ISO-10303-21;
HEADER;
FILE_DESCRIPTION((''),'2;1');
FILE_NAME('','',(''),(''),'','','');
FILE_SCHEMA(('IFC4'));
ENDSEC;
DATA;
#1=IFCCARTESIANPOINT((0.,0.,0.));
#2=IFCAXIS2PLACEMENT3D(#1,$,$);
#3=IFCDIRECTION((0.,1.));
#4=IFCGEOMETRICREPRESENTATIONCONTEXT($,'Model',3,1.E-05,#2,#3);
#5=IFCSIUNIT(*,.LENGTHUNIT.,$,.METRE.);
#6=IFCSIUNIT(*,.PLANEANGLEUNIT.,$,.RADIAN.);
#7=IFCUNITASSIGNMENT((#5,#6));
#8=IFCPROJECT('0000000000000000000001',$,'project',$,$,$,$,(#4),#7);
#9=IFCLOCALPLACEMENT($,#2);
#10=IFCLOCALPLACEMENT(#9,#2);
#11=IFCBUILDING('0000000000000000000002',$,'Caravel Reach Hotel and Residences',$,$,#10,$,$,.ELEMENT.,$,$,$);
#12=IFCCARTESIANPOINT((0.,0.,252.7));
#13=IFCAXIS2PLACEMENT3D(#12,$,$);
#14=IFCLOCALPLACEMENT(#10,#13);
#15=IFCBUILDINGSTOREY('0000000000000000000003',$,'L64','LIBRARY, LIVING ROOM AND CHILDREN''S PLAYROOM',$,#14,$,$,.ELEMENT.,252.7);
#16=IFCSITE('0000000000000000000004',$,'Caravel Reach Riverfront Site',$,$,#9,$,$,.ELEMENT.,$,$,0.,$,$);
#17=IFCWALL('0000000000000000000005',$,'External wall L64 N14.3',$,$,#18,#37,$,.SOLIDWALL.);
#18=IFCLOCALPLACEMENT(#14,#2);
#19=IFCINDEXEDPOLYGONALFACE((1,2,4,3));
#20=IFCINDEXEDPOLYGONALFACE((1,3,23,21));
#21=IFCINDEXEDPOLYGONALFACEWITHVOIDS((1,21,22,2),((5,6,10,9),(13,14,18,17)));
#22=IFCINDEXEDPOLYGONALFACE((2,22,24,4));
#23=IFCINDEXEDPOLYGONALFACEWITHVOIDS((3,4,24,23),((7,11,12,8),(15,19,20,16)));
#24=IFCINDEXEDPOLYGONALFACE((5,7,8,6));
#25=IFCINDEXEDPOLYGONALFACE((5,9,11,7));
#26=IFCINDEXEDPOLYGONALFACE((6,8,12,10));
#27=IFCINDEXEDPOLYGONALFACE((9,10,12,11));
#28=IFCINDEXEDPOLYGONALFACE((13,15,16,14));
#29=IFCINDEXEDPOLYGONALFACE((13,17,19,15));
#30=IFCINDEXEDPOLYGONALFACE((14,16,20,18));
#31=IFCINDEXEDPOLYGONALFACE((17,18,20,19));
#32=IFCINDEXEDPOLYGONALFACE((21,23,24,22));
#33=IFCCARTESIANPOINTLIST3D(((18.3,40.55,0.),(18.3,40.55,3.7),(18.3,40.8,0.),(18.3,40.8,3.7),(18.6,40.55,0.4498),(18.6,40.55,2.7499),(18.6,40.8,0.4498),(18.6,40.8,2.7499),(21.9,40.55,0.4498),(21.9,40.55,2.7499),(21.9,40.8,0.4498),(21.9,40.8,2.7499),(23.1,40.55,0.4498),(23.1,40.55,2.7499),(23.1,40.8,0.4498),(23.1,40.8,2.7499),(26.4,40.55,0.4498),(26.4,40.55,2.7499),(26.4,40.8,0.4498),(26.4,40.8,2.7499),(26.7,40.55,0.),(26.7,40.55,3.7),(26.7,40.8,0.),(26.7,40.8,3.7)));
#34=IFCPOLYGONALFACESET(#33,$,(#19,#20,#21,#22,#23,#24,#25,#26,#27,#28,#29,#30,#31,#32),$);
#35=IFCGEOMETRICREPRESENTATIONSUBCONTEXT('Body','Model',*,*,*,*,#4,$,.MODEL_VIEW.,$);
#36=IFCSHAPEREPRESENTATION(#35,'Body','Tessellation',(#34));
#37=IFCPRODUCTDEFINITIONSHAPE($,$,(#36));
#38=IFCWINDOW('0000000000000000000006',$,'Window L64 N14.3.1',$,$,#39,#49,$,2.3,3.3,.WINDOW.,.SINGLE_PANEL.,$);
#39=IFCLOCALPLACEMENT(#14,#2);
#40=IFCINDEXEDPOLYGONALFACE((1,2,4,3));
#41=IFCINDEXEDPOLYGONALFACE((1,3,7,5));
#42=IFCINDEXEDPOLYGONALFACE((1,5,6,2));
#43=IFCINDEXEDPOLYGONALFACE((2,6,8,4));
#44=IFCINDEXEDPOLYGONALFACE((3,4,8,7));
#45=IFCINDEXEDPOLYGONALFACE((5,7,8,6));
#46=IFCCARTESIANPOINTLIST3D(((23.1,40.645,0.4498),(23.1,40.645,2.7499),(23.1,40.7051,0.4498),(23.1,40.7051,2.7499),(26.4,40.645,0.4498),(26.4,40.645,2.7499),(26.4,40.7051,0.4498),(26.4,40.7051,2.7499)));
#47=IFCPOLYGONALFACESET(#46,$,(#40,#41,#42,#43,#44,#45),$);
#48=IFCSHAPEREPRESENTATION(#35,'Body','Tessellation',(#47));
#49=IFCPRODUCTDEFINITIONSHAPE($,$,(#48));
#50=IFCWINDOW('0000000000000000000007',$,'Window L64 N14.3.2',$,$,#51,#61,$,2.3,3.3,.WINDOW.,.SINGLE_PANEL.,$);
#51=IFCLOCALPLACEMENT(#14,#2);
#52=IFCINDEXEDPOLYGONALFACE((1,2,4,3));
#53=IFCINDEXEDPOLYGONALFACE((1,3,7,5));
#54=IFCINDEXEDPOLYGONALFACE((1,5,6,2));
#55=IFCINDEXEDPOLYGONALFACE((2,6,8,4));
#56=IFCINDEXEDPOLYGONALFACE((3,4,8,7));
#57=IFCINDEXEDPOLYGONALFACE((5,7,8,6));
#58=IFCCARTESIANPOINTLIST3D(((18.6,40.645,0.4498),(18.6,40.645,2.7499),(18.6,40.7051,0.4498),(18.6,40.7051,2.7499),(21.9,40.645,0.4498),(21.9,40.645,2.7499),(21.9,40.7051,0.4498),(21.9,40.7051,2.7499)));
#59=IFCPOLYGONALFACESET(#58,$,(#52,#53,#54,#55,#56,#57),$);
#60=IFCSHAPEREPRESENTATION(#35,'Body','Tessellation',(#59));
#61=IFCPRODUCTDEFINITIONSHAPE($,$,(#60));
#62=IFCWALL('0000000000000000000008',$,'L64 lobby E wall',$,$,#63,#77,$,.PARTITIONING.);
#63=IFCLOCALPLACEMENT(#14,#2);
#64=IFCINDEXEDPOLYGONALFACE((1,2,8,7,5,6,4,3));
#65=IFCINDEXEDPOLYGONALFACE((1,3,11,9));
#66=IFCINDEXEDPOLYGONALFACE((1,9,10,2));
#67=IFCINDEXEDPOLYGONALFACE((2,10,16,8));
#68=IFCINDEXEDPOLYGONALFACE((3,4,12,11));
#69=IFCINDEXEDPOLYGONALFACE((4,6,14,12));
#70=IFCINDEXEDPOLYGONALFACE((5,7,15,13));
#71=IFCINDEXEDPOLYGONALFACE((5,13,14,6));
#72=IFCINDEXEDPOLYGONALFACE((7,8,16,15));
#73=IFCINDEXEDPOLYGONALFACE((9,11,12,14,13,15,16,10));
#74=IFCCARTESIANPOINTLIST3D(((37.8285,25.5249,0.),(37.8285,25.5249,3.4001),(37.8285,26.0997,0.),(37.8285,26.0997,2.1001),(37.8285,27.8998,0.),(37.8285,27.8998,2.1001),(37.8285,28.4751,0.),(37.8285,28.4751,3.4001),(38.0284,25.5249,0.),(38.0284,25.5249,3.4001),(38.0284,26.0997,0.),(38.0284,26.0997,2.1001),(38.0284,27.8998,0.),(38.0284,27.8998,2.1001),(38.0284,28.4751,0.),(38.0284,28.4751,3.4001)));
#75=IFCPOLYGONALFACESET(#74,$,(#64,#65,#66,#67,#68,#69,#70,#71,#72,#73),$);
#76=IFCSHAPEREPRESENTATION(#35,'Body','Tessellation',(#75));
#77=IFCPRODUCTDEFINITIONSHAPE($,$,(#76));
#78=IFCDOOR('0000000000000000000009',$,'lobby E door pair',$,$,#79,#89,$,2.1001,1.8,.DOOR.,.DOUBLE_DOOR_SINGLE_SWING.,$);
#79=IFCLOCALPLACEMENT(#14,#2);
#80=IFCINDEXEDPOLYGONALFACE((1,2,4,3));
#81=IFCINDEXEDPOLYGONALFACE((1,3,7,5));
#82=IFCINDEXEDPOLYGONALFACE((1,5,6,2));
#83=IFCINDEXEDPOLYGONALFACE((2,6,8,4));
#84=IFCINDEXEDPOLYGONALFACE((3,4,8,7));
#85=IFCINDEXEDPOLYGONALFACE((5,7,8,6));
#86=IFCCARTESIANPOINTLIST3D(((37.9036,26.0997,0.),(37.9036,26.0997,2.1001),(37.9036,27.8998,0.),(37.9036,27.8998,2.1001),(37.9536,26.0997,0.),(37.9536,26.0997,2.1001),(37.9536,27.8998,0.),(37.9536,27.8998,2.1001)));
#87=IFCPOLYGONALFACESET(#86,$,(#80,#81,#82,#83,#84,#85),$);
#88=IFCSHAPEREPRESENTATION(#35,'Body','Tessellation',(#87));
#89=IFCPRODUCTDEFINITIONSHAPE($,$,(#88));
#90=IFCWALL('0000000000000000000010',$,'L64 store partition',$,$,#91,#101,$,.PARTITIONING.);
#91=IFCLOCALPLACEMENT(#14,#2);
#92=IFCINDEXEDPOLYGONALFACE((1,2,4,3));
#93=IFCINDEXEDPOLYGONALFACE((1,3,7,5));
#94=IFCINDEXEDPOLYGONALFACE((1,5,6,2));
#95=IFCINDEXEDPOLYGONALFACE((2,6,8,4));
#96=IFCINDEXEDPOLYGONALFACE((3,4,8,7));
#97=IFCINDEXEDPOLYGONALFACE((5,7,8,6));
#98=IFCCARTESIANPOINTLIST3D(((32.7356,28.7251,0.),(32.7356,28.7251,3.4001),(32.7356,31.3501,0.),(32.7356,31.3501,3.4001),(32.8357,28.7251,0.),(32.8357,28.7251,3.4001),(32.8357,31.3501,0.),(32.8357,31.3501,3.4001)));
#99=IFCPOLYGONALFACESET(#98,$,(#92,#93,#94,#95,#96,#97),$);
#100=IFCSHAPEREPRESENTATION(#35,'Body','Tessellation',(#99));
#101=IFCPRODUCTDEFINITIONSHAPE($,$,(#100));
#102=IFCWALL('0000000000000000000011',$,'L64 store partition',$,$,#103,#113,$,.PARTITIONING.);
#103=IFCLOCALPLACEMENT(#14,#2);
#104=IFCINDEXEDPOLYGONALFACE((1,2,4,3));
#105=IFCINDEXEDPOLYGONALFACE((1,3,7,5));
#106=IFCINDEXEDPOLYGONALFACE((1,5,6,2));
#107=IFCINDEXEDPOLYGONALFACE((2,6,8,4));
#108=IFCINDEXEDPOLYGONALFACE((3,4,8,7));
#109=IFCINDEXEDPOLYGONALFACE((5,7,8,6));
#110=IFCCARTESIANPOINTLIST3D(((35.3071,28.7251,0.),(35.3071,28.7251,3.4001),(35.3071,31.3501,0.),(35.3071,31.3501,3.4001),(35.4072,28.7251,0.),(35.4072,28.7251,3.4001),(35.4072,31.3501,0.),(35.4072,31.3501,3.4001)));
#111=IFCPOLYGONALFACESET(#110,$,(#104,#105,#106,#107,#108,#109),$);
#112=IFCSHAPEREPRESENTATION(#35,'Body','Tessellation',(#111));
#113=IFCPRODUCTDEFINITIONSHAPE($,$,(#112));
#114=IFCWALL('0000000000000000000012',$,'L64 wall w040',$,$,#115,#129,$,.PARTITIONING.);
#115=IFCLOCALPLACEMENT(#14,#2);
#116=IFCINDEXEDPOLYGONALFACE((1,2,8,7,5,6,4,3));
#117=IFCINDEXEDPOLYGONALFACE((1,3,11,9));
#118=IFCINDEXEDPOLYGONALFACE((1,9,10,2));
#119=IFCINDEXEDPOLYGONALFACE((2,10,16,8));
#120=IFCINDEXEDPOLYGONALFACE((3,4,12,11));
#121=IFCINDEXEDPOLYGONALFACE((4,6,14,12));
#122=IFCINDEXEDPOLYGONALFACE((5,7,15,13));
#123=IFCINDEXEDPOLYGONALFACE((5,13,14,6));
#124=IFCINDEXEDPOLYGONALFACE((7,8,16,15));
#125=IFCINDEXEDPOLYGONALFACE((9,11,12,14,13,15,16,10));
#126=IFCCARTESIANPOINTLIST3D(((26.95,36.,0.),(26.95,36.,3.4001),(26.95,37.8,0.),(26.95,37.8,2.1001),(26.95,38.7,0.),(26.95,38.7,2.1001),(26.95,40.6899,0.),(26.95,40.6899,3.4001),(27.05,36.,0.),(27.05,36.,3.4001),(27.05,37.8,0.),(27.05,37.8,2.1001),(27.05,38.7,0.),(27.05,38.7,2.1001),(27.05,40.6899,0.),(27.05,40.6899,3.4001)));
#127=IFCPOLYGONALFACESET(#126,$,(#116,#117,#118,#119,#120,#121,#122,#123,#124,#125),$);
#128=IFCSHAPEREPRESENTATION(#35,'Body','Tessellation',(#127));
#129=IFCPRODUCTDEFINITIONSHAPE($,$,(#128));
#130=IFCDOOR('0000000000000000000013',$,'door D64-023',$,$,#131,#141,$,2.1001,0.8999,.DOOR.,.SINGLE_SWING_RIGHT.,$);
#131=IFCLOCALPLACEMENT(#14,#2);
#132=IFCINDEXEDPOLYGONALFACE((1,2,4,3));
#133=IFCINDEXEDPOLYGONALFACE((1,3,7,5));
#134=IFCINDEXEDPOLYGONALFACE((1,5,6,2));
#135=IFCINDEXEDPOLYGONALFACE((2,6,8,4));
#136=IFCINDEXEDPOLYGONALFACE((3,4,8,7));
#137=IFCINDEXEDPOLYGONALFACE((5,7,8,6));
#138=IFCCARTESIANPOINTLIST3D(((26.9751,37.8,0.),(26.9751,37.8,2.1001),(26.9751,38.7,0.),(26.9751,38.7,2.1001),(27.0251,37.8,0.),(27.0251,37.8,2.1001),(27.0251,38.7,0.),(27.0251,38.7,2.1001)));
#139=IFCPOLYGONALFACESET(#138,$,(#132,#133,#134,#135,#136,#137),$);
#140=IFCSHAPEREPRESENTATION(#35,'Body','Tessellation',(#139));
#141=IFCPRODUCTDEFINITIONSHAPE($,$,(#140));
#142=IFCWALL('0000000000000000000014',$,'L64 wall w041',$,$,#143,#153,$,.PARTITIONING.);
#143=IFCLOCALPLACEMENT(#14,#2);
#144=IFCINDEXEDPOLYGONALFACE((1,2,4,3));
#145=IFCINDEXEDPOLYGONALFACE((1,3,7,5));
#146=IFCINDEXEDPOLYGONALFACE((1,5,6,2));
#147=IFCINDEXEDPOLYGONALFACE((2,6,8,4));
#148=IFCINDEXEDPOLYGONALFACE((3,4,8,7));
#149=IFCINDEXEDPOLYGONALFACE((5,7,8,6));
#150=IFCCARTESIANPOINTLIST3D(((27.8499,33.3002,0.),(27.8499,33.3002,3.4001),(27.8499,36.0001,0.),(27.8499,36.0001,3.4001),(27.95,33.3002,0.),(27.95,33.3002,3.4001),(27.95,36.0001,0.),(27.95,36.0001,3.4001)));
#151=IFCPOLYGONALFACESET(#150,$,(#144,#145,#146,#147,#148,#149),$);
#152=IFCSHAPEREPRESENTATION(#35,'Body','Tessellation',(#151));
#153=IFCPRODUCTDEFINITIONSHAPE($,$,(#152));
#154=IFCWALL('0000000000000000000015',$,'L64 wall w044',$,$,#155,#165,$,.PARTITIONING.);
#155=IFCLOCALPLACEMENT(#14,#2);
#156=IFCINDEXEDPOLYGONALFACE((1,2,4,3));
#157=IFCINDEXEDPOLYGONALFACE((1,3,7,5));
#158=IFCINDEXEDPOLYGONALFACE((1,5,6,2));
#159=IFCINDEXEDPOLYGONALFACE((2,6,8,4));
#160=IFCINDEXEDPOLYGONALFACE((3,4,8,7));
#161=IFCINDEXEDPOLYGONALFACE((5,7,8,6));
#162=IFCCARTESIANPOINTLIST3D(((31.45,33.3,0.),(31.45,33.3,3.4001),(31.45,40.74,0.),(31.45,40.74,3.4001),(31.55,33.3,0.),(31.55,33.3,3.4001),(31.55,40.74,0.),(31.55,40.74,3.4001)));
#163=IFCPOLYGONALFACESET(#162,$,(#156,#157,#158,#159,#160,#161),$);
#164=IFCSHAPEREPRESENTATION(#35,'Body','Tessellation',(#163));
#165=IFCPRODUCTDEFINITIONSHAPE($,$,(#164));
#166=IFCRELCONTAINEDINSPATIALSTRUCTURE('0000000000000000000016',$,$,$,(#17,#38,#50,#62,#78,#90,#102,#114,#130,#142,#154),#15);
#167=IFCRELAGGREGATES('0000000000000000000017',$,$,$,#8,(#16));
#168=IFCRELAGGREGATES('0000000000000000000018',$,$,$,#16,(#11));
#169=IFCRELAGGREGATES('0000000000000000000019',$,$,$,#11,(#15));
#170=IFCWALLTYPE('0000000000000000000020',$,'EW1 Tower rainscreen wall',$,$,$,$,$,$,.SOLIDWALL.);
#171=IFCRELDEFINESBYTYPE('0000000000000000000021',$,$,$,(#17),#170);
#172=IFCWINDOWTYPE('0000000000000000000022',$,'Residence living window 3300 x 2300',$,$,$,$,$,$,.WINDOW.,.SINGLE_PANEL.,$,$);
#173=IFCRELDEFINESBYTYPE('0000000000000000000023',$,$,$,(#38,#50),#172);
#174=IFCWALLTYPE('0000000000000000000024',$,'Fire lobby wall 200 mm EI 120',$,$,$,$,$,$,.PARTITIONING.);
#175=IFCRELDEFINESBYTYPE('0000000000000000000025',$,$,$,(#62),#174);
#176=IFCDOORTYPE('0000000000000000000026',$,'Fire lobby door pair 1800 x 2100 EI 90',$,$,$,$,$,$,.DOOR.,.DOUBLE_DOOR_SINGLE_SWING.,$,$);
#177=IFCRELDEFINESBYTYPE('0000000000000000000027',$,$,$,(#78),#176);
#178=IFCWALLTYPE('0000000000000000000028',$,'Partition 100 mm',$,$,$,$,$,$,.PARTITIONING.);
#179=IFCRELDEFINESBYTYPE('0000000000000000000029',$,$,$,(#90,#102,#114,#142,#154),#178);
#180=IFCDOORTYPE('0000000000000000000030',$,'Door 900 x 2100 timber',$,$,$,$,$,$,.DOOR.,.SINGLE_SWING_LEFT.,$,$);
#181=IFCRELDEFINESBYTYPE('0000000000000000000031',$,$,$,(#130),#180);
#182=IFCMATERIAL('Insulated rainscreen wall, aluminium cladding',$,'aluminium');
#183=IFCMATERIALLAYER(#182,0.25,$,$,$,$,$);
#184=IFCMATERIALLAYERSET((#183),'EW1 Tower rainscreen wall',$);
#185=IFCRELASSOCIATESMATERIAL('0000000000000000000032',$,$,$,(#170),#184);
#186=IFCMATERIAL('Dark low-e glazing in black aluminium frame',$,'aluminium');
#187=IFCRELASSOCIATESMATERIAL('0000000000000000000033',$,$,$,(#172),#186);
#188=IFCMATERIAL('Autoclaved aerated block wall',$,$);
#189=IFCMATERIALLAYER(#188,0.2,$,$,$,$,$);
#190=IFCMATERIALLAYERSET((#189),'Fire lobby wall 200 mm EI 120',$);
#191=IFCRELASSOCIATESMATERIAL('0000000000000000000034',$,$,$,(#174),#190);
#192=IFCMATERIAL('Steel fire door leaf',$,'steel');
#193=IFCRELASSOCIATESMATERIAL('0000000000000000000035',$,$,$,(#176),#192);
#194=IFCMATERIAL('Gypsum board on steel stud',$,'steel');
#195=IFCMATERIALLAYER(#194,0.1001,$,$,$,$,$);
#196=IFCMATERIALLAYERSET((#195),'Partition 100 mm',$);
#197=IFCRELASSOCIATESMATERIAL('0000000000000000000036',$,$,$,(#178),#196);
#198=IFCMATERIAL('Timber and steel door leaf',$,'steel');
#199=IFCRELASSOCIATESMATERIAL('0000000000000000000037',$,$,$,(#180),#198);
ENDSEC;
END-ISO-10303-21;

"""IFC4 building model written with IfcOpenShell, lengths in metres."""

from ifc_helpers import new_model, si_unit, direction, frame, frame_2d, origin, place, context, subcontext, project, spatial, rectangle, extrude, material, layer, layer_set, type_object, element, fill, save


model = new_model("IFC4")

# Units and contexts
model_context = context("Model", 3, precision=1e-05, world=origin(), true_north=direction((0.0, 1.0)))
body_context = subcontext(model_context, "Body", "Model", "MODEL_VIEW")
ifc_project = project(units=[si_unit("LENGTHUNIT", "METRE"), si_unit("PLANEANGLEUNIT", "RADIAN")], contexts=[model_context])

# Site, building, storey
site_placement = place(None, origin())
site = spatial("IfcSite", under=ifc_project, at=site_placement, Name="Caravel Reach Riverfront Site", CompositionType="ELEMENT", RefElevation=0.0)
building_placement = place(site_placement, origin())
building = spatial("IfcBuilding", under=site, at=building_placement, Name="Caravel Reach Hotel and Residences", CompositionType="ELEMENT")
storey_placement = place(building_placement, frame((0.0, 0.0, 252.7)))
storey = spatial("IfcBuildingStorey", under=building, at=storey_placement, Name="L64", Description="LIBRARY, LIVING ROOM AND CHILDREN'S PLAYROOM", CompositionType="ELEMENT", Elevation=252.7)

# Wall, openings, windows
ifc_material_1 = material(Name="Insulated rainscreen wall, aluminium cladding", Category="aluminium")
ifc_layer_1 = layer(ifc_material_1, 0.25)
ifc_layer_set_1 = layer_set([ifc_layer_1], Name="EW1 Tower rainscreen wall")
wall_type_1 = type_object("IfcWallType", Name="EW1 Tower rainscreen wall", PredefinedType="SOLIDWALL", material=ifc_layer_set_1)
ifc_material_2 = material(Name="Dark low-e glazing in black aluminium frame", Category="aluminium")
window_type = type_object("IfcWindowType", Name="Residence living window 3300 x 2300", PartitioningType="SINGLE_PANEL", PredefinedType="WINDOW", material=ifc_material_2)
wall_1_placement = place(storey_placement, frame((26.7, 40.675, 0.0), z_axis=(0.0, 0.0, 1.0), x_axis=(-1.0, 0.0, 0.0)))
wall_1 = element("IfcWall", 1, at=wall_1_placement, inside=storey, type_object=wall_type_1, Name="External wall L64 N14.3", PredefinedType="SOLIDWALL", context=body_context, shape_type="SweptSolid", body=[
    extrude(rectangle(XDim=8.3999, YDim=0.25, at=frame_2d((4.2, 0.0))), origin(), (0.0, 0.0, 1.0), 3.7),
])
opening_1_placement = place(wall_1_placement, frame((0.3, 0.0, 0.45)))
opening_1 = element("IfcOpeningElement", 2, at=opening_1_placement, cuts=wall_1, PredefinedType="OPENING", context=body_context, shape_type="SweptSolid", body=[
    extrude(rectangle(XDim=3.3, YDim=2.3, at=frame_2d((1.6499, 1.1499))), frame((0.0, 0.135, 0.0), z_axis=(0.0, -1.0, 0.0), x_axis=(1.0, 0.0, 0.0)), (0.0, 0.0, 1.0), 0.27),
])
opening_2_placement = place(wall_1_placement, frame((4.8, 0.0, 0.45)))
opening_2 = element("IfcOpeningElement", 3, at=opening_2_placement, cuts=wall_1, PredefinedType="OPENING", context=body_context, shape_type="SweptSolid", body=[
    extrude(rectangle(XDim=3.3, YDim=2.3, at=frame_2d((1.6499, 1.1499))), frame((0.0, 0.135, 0.0), z_axis=(0.0, -1.0, 0.0), x_axis=(1.0, 0.0, 0.0)), (0.0, 0.0, 1.0), 0.27),
])
window_1_placement = place(opening_1_placement, origin())
window_1 = element("IfcWindow", 4, at=window_1_placement, inside=storey, type_object=window_type, Name="Window L64 N14.3.1", OverallHeight=2.3, OverallWidth=3.3, PartitioningType="SINGLE_PANEL", PredefinedType="WINDOW", context=body_context, shape_type="SweptSolid", body=[
    extrude(rectangle(XDim=3.3, YDim=2.3, at=frame_2d((1.6499, 1.1499))), frame((0.0, 0.03, 0.0), z_axis=(0.0, -1.0, 0.0), x_axis=(1.0, 0.0, 0.0)), (0.0, 0.0, 1.0), 0.0601),
])
fill(opening_1, window_1)
window_2_placement = place(opening_2_placement, origin())
window_2 = element("IfcWindow", 5, at=window_2_placement, inside=storey, type_object=window_type, Name="Window L64 N14.3.2", OverallHeight=2.3, OverallWidth=3.3, PartitioningType="SINGLE_PANEL", PredefinedType="WINDOW", context=body_context, shape_type="SweptSolid", body=[
    extrude(rectangle(XDim=3.3, YDim=2.3, at=frame_2d((1.6499, 1.1499))), frame((0.0, 0.03, 0.0), z_axis=(0.0, -1.0, 0.0), x_axis=(1.0, 0.0, 0.0)), (0.0, 0.0, 1.0), 0.0601),
])
fill(opening_2, window_2)

# Wall, opening, door
ifc_material_3 = material(Name="Autoclaved aerated block wall")
ifc_layer_2 = layer(ifc_material_3, 0.2)
ifc_layer_set_2 = layer_set([ifc_layer_2], Name="Fire lobby wall 200 mm EI 120")
wall_type_2 = type_object("IfcWallType", Name="Fire lobby wall 200 mm EI 120", PredefinedType="PARTITIONING", material=ifc_layer_set_2)
wall_2_placement = place(storey_placement, frame((37.9285, 25.5249, 0.0), z_axis=(0.0, 0.0, 1.0), x_axis=(0.0, 1.0, 0.0)))
wall_2 = element("IfcWall", 6, at=wall_2_placement, inside=storey, type_object=wall_type_2, Name="L64 lobby E wall", PredefinedType="PARTITIONING", context=body_context, shape_type="SweptSolid", body=[
    extrude(rectangle(XDim=2.9502, YDim=0.2, at=frame_2d((1.4751, 0.0))), origin(), (0.0, 0.0, 1.0), 3.4001),
])
opening_3_placement = place(wall_2_placement, frame((0.575, 0.0, 0.0)))
opening_3 = element("IfcOpeningElement", 7, at=opening_3_placement, cuts=wall_2, PredefinedType="OPENING", context=body_context, shape_type="SweptSolid", body=[
    extrude(rectangle(XDim=1.8, YDim=2.1001, at=frame_2d((0.8999, 1.05))), frame((0.0, 0.1099, 0.0), z_axis=(0.0, -1.0, 0.0), x_axis=(1.0, 0.0, 0.0)), (0.0, 0.0, 1.0), 0.22),
])
ifc_material_4 = material(Name="Steel fire door leaf", Category="steel")
door_type_1 = type_object("IfcDoorType", Name="Fire lobby door pair 1800 x 2100 EI 90", OperationType="DOUBLE_DOOR_SINGLE_SWING", PredefinedType="DOOR", material=ifc_material_4)
door_1_placement = place(opening_3_placement, origin())
door_1 = element("IfcDoor", 8, at=door_1_placement, inside=storey, type_object=door_type_1, Name="lobby E door pair", OperationType="DOUBLE_DOOR_SINGLE_SWING", OverallHeight=2.1001, OverallWidth=1.8, PredefinedType="DOOR", context=body_context, shape_type="SweptSolid", body=[
    extrude(rectangle(XDim=1.8, YDim=2.1001, at=frame_2d((0.8999, 1.05))), frame((0.0, 0.0249, 0.0), z_axis=(0.0, -1.0, 0.0), x_axis=(1.0, 0.0, 0.0)), (0.0, 0.0, 1.0), 0.05),
])
fill(opening_3, door_1)

# Walls
ifc_material_5 = material(Name="Gypsum board on steel stud", Category="steel")
ifc_layer_3 = layer(ifc_material_5, 0.1001)
ifc_layer_set_3 = layer_set([ifc_layer_3], Name="Partition 100 mm")
wall_type_3 = type_object("IfcWallType", Name="Partition 100 mm", PredefinedType="PARTITIONING", material=ifc_layer_set_3)
for number, where, z_axis, x_axis, name in (
    (9, (32.7856, 28.7251, 0.0), (0.0, 0.0, 1.0), (0.0, 1.0, 0.0), "L64 store partition"),
    (10, (35.3572, 28.7251, 0.0), (0.0, 0.0, 1.0), (0.0, 1.0, 0.0), "L64 store partition"),
):
    element("IfcWall", number, at=place(storey_placement, frame(where, z_axis=z_axis, x_axis=x_axis)), inside=storey, type_object=wall_type_3, Name=name, PredefinedType="PARTITIONING", context=body_context, shape_type="SweptSolid", body=[
        extrude(rectangle(XDim=2.625, YDim=0.1001, at=frame_2d((1.3125, 0.0))), origin(), (0.0, 0.0, 1.0), 3.4001),
    ])

# Wall, opening, door
wall_3_placement = place(storey_placement, frame((27.0, 36.0, 0.0), z_axis=(0.0, 0.0, 1.0), x_axis=(0.0, 1.0, 0.0)))
wall_3 = element("IfcWall", 11, at=wall_3_placement, inside=storey, type_object=wall_type_3, Name="L64 wall w040", PredefinedType="PARTITIONING", context=body_context, shape_type="SweptSolid", body=[
    extrude(rectangle(XDim=4.6899, YDim=0.1001, at=frame_2d((2.345, 0.0))), origin(), (0.0, 0.0, 1.0), 3.4001),
])
opening_4_placement = place(wall_3_placement, frame((1.8, 0.0, 0.0)))
opening_4 = element("IfcOpeningElement", 12, at=opening_4_placement, cuts=wall_3, PredefinedType="OPENING", context=body_context, shape_type="SweptSolid", body=[
    extrude(rectangle(XDim=0.8999, YDim=2.1001, at=frame_2d((0.45, 1.05))), frame((0.0, 0.0601, 0.0), z_axis=(0.0, -1.0, 0.0), x_axis=(1.0, 0.0, 0.0)), (0.0, 0.0, 1.0), 0.1201),
])
ifc_material_6 = material(Name="Timber and steel door leaf", Category="steel")
door_type_2 = type_object("IfcDoorType", Name="Door 900 x 2100 timber", OperationType="SINGLE_SWING_LEFT", PredefinedType="DOOR", material=ifc_material_6)
door_2_placement = place(opening_4_placement, origin())
door_2 = element("IfcDoor", 13, at=door_2_placement, inside=storey, type_object=door_type_2, Name="door D64-023", OperationType="SINGLE_SWING_RIGHT", OverallHeight=2.1001, OverallWidth=0.8999, PredefinedType="DOOR", context=body_context, shape_type="SweptSolid", body=[
    extrude(rectangle(XDim=0.8999, YDim=2.1001, at=frame_2d((0.45, 1.05))), frame((0.0, 0.0249, 0.0), z_axis=(0.0, -1.0, 0.0), x_axis=(1.0, 0.0, 0.0)), (0.0, 0.0, 1.0), 0.05),
])
fill(opening_4, door_2)

# Walls
wall_4_placement = place(storey_placement, frame((27.8999, 33.3, 0.0), z_axis=(0.0, 0.0, 1.0), x_axis=(0.0, 1.0, 0.0)))
element("IfcWall", 14, at=wall_4_placement, inside=storey, type_object=wall_type_3, Name="L64 wall w041", PredefinedType="PARTITIONING", context=body_context, shape_type="SweptSolid", body=[
    extrude(rectangle(XDim=2.7, YDim=0.1001, at=frame_2d((1.3501, 0.0))), origin(), (0.0, 0.0, 1.0), 3.4001),
])
wall_5_placement = place(storey_placement, frame((31.5, 33.3, 0.0), z_axis=(0.0, 0.0, 1.0), x_axis=(0.0, 1.0, 0.0)))
element("IfcWall", 15, at=wall_5_placement, inside=storey, type_object=wall_type_3, Name="L64 wall w044", PredefinedType="PARTITIONING", context=body_context, shape_type="SweptSolid", body=[
    extrude(rectangle(XDim=7.4399, YDim=0.1001, at=frame_2d((3.72, 0.0))), origin(), (0.0, 0.0, 1.0), 3.4001),
])

save(model, "model.ifc")
